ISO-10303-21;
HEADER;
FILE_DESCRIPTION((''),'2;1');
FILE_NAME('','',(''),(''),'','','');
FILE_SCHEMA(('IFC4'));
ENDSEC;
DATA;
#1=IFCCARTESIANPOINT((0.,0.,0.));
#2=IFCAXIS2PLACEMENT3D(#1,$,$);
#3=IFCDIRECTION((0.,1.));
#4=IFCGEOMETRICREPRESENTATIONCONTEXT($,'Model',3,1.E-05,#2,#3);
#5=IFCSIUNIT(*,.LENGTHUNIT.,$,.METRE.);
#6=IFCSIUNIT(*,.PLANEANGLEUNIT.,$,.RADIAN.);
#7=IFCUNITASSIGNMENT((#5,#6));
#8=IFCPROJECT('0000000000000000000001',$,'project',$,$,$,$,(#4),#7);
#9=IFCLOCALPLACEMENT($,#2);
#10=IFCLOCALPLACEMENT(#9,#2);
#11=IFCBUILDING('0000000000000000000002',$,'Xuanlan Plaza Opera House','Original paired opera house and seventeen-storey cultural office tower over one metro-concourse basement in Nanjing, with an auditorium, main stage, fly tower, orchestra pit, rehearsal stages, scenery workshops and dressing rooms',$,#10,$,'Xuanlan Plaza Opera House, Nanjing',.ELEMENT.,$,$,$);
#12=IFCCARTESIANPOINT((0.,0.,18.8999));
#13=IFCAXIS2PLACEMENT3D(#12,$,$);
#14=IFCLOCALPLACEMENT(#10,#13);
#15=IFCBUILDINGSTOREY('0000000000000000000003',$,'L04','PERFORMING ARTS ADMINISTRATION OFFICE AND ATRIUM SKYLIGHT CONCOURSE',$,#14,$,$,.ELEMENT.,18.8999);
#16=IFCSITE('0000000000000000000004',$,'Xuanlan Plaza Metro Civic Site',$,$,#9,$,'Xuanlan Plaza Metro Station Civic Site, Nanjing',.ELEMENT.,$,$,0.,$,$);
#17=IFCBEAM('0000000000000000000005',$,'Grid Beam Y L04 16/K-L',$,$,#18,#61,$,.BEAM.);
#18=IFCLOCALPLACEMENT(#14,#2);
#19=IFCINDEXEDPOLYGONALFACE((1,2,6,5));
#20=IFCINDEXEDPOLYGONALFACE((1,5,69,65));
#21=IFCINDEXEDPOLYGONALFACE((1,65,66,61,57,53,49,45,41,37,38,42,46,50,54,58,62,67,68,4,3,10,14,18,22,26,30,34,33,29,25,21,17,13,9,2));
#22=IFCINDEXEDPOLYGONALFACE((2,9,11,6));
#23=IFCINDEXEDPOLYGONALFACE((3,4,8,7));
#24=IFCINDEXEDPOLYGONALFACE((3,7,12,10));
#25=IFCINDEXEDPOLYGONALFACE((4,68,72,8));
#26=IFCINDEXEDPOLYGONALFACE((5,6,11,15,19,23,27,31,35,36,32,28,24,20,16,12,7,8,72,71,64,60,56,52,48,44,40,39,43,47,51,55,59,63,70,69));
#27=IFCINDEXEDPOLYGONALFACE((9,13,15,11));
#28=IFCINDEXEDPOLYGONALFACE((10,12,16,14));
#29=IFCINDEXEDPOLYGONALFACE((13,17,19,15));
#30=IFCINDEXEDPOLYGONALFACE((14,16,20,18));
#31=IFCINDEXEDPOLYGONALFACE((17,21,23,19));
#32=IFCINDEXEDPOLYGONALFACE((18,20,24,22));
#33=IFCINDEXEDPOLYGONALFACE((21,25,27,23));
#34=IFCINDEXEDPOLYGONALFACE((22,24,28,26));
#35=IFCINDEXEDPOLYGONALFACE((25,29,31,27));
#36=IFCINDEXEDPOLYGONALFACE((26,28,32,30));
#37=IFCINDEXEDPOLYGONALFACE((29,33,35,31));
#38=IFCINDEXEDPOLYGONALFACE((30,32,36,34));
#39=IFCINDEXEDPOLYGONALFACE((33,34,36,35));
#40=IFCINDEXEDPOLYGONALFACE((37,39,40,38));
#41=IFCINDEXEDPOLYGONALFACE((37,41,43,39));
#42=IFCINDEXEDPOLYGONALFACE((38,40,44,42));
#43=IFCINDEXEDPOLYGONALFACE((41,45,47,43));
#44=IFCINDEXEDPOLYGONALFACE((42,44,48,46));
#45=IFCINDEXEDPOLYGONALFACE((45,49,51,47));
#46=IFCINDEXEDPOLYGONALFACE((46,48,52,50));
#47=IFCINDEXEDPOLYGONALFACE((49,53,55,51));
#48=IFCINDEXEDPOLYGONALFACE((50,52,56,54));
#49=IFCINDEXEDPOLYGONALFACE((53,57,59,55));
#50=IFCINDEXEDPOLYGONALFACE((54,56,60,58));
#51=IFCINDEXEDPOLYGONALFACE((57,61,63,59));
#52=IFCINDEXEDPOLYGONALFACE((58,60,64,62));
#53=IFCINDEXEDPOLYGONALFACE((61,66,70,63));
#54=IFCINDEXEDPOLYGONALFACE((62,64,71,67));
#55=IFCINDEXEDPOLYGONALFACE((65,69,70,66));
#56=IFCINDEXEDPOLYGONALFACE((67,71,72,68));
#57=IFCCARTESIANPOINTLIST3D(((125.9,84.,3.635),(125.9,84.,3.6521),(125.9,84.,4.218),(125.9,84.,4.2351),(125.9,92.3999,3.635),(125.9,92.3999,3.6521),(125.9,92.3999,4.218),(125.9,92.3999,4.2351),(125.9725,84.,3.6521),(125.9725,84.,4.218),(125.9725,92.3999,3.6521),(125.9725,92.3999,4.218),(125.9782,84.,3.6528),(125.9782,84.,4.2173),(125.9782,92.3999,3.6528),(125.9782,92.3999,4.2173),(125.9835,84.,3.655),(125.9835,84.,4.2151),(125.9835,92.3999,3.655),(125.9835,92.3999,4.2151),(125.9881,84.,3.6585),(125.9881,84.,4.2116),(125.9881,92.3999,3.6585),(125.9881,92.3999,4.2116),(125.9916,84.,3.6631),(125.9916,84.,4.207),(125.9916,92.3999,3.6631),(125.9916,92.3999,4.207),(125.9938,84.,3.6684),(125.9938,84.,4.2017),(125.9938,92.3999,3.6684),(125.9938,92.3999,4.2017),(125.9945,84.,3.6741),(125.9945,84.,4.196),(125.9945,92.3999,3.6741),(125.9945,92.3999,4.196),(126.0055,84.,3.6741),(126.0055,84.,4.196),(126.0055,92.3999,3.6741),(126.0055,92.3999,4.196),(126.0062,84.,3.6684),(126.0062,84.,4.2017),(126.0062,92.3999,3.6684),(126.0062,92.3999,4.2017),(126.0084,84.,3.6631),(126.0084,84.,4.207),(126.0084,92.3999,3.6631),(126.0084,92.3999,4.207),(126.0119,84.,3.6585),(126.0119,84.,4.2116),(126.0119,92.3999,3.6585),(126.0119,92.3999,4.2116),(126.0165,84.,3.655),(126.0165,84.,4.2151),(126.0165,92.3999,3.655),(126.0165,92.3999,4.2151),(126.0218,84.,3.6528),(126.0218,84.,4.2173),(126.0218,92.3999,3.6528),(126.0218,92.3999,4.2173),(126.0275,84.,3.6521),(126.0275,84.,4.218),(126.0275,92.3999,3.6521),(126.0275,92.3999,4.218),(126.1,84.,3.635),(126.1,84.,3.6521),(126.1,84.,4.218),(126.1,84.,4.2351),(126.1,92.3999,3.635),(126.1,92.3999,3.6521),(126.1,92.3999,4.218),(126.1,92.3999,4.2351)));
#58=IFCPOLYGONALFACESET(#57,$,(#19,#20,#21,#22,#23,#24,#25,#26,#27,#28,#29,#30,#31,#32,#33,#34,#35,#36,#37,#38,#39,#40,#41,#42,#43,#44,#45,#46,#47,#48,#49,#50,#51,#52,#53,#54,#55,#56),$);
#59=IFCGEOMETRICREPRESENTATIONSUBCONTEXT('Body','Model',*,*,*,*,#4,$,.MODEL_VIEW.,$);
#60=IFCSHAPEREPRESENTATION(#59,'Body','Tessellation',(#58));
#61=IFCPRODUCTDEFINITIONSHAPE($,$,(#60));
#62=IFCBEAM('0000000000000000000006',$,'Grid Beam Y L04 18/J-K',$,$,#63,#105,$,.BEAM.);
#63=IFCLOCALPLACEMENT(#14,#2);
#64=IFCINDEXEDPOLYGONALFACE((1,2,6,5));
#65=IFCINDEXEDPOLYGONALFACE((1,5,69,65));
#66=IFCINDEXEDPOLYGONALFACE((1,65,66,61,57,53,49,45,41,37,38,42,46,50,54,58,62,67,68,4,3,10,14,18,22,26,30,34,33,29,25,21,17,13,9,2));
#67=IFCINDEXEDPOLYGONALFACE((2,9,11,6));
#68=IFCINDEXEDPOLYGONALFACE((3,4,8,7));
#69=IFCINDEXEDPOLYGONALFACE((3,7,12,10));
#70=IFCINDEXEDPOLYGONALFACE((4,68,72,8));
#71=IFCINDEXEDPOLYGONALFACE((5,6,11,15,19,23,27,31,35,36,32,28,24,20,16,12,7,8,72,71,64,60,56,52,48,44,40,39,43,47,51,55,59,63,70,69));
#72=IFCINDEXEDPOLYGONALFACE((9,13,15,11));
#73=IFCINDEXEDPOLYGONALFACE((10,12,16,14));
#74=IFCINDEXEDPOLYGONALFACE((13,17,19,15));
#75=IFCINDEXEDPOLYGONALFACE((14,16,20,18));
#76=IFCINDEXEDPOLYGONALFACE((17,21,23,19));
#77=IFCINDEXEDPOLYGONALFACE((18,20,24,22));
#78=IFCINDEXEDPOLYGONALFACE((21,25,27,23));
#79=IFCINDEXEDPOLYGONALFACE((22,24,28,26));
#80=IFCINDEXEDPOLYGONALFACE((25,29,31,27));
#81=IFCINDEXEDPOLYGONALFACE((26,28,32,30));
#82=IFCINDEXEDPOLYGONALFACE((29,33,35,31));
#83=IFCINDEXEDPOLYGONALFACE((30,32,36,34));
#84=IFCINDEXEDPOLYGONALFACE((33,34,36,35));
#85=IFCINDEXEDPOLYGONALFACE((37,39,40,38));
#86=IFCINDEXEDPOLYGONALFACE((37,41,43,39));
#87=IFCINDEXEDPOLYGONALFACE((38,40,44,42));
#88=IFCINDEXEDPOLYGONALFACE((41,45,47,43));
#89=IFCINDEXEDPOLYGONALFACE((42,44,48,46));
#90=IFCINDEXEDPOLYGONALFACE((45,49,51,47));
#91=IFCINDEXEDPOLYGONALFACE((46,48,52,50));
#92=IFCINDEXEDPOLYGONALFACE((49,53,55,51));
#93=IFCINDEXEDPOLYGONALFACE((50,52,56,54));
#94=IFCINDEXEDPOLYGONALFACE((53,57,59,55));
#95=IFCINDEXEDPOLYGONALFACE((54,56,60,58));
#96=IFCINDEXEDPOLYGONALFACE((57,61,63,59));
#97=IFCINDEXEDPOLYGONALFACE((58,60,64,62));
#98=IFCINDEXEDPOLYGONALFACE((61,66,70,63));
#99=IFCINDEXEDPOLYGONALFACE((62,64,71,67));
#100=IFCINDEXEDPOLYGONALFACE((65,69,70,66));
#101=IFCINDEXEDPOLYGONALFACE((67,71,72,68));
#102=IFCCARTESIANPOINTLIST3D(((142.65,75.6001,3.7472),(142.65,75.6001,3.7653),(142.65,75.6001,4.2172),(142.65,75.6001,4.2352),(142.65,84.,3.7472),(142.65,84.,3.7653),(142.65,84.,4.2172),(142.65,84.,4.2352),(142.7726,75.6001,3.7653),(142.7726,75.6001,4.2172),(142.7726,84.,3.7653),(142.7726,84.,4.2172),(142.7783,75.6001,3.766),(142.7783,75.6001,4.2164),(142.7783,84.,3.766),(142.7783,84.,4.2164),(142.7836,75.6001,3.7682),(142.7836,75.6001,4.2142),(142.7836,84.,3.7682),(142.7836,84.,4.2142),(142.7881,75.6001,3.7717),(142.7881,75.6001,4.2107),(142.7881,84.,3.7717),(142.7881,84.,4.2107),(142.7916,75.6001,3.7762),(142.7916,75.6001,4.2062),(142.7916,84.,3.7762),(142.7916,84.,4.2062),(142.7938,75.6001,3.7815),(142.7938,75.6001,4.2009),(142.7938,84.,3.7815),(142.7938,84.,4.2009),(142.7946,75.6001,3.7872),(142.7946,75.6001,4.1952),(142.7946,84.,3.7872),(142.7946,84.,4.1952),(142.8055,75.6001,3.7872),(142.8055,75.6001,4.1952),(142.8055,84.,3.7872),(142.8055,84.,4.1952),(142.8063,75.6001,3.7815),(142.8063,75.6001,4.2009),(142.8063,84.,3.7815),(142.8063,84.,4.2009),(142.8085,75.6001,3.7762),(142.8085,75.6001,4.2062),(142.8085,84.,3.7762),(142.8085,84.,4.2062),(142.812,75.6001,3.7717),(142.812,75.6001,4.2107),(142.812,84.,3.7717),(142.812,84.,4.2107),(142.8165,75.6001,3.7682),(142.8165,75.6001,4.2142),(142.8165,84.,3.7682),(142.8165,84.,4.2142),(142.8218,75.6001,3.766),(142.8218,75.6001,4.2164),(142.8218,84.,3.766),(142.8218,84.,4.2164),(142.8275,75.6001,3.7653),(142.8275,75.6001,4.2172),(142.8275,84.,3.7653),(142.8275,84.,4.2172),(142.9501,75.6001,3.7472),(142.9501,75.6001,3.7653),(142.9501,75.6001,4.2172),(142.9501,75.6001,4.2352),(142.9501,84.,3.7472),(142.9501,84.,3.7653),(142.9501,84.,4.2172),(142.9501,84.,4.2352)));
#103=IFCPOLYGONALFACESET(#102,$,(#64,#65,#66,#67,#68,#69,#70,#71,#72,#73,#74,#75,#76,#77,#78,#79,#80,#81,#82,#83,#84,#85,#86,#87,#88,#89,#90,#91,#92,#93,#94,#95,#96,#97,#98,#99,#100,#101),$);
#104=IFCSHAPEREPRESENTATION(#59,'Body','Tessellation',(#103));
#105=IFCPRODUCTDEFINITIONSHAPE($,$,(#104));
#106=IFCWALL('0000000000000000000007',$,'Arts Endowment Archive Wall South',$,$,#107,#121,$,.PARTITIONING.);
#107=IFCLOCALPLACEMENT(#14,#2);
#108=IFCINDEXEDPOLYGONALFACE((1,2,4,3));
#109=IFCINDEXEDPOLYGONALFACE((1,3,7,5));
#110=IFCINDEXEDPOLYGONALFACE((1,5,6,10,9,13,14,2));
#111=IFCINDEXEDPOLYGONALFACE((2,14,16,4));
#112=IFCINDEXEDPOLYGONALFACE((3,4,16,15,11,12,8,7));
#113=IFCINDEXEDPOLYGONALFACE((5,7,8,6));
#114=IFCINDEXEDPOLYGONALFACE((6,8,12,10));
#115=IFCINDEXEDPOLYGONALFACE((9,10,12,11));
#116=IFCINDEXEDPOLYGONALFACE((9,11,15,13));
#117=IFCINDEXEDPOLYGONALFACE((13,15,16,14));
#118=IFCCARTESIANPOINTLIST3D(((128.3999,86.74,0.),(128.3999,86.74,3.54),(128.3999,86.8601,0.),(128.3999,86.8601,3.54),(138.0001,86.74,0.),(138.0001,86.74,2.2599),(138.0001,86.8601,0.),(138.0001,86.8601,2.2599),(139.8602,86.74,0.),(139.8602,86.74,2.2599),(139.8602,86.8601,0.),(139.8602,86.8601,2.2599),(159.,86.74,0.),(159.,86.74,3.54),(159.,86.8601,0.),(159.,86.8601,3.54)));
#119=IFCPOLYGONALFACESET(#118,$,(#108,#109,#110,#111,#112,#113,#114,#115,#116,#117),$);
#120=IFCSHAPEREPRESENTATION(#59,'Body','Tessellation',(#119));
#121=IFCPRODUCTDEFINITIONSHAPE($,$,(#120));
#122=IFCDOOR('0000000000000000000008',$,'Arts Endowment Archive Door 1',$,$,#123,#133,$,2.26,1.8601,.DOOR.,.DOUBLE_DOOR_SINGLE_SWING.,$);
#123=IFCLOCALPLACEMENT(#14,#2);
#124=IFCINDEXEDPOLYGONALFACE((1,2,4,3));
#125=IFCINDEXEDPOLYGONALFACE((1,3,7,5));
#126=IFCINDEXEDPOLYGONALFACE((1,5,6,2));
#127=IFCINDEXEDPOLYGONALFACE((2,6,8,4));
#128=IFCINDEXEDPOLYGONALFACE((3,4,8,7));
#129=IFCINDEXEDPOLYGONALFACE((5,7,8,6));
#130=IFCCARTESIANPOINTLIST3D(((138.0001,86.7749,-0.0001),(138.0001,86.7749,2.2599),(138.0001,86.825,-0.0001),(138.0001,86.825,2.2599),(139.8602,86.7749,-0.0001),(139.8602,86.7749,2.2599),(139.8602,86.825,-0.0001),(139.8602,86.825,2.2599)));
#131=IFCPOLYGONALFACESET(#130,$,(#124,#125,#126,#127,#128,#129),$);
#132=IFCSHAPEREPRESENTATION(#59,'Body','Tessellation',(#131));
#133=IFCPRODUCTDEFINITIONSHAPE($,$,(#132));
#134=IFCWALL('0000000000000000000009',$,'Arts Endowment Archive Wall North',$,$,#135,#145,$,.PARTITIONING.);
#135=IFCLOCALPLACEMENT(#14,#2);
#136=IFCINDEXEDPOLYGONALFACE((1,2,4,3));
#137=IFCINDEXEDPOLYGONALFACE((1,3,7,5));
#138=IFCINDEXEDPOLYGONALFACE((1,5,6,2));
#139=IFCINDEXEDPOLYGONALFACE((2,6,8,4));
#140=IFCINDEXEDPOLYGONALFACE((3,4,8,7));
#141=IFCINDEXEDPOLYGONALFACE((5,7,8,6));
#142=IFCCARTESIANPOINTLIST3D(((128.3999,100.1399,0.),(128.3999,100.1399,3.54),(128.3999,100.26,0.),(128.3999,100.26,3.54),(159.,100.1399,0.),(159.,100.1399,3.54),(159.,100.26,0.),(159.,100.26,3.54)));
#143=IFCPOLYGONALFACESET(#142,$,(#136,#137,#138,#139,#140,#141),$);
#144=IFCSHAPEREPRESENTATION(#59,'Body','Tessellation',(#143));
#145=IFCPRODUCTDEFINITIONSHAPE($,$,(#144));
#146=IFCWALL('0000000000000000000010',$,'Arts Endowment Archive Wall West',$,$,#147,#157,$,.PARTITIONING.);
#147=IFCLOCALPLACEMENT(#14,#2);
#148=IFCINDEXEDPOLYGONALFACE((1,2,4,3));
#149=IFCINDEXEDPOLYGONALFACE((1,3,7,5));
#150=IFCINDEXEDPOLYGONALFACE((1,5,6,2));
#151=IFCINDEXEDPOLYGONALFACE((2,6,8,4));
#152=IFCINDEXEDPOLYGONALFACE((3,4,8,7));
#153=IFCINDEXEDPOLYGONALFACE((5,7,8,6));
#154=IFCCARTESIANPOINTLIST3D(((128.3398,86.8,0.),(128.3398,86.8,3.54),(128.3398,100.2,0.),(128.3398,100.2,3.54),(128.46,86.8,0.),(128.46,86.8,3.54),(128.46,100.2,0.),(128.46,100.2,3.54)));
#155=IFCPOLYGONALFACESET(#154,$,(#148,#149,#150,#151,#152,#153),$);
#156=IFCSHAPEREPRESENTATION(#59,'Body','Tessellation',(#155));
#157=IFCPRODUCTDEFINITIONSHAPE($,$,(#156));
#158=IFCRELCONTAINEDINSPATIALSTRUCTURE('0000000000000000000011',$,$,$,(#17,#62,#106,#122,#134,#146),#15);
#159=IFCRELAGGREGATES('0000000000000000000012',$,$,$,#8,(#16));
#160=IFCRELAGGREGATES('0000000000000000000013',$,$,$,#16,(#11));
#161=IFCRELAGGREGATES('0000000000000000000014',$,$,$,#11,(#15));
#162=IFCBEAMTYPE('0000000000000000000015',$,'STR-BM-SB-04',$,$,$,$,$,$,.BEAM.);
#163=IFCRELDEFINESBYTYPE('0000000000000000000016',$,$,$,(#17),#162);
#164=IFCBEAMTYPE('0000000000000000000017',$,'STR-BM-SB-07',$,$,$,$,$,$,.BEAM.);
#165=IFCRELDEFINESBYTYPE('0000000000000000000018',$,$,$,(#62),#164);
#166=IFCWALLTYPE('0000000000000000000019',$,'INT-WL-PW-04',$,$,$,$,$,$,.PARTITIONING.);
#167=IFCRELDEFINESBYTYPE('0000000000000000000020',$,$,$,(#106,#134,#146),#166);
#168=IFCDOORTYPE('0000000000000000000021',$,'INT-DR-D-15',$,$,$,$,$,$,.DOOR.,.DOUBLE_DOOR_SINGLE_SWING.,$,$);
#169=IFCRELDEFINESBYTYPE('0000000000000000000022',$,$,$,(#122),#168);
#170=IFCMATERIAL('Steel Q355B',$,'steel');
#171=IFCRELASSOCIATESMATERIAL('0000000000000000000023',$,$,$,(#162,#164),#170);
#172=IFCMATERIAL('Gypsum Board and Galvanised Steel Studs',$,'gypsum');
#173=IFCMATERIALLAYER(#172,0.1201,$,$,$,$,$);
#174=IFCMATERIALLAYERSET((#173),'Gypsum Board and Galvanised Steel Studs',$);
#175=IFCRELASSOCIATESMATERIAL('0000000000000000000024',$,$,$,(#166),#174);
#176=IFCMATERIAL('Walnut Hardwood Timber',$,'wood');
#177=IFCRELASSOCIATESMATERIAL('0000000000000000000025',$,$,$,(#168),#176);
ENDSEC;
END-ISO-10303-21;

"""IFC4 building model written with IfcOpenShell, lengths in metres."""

from ifc_helpers import new_model, si_unit, direction, frame, frame_2d, origin, origin_2d, place, context, subcontext, project, spatial, rectangle, i_section, extrude, material, layer, layer_set, material_profile, profile_set, type_object, element, fill, save


model = new_model("IFC4")

# Units and contexts
model_context = context("Model", 3, precision=1e-05, world=origin(), true_north=direction((0.0, 1.0)))
body_context = subcontext(model_context, "Body", "Model", "MODEL_VIEW")
ifc_project = project(units=[si_unit("LENGTHUNIT", "METRE"), si_unit("PLANEANGLEUNIT", "RADIAN")], contexts=[model_context])

# Site, building, storey
site_placement = place(None, origin())
site = spatial("IfcSite", under=ifc_project, at=site_placement, Name="Xuanlan Plaza Metro Civic Site", LongName="Xuanlan Plaza Metro Station Civic Site, Nanjing", CompositionType="ELEMENT", RefElevation=0.0)
building_placement = place(site_placement, origin())
building = spatial("IfcBuilding", under=site, at=building_placement, Name="Xuanlan Plaza Opera House", Description="Original paired opera house and seventeen-storey cultural office tower over one metro-concourse basement in Nanjing, with an auditorium, main stage, fly tower, orchestra pit, rehearsal stages, scenery workshops and dressing rooms", LongName="Xuanlan Plaza Opera House, Nanjing", CompositionType="ELEMENT")
storey_placement = place(building_placement, frame((0.0, 0.0, 18.8999)))
storey = spatial("IfcBuildingStorey", under=building, at=storey_placement, Name="L04", Description="PERFORMING ARTS ADMINISTRATION OFFICE AND ATRIUM SKYLIGHT CONCOURSE", CompositionType="ELEMENT", Elevation=18.8999)

# Shared definitions
ifc_material_1 = material(Name="Steel Q355B", Category="steel")

# Beams
ifc_material_profile_1 = material_profile(ifc_material_1, i_section(OverallWidth=0.2, OverallDepth=0.6001, WebThickness=0.011, FlangeThickness=0.0171, FilletRadius=0.022, at=origin_2d()), Name="HN 600x200x11x17")
ifc_profile_set_1 = profile_set([ifc_material_profile_1], Name="Steel Q355B")
beam_type_1 = type_object("IfcBeamType", Name="STR-BM-SB-04", PredefinedType="BEAM", material=ifc_profile_set_1)
beam_1_placement = place(storey_placement, frame((126.0, 84.0, 3.9351), z_axis=(0.0, 1.0, 0.0), x_axis=(-1.0, 0.0, 0.0)))
element("IfcBeam", 1, at=beam_1_placement, inside=storey, type_object=beam_type_1, Name="Grid Beam Y L04 16/K-L", PredefinedType="BEAM", context=body_context, shape_type="SweptSolid", body=[
    extrude(i_section(OverallWidth=0.2, OverallDepth=0.6001, WebThickness=0.011, FlangeThickness=0.0171, FilletRadius=0.022, at=origin_2d()), origin(), (0.0, 0.0, 1.0), 8.3999),
])
ifc_material_profile_2 = material_profile(ifc_material_1, i_section(OverallWidth=0.3, OverallDepth=0.488, WebThickness=0.011, FlangeThickness=0.0181, FilletRadius=0.022, at=origin_2d()), Name="HM 488x300x11x18")
ifc_profile_set_2 = profile_set([ifc_material_profile_2], Name="Steel Q355B")
beam_type_2 = type_object("IfcBeamType", Name="STR-BM-SB-07", PredefinedType="BEAM", material=ifc_profile_set_2)
beam_2_placement = place(storey_placement, frame((142.8, 75.6001, 3.9912), z_axis=(0.0, 1.0, 0.0), x_axis=(-1.0, 0.0, 0.0)))
element("IfcBeam", 2, at=beam_2_placement, inside=storey, type_object=beam_type_2, Name="Grid Beam Y L04 18/J-K", PredefinedType="BEAM", context=body_context, shape_type="SweptSolid", body=[
    extrude(i_section(OverallWidth=0.3, OverallDepth=0.488, WebThickness=0.011, FlangeThickness=0.0181, FilletRadius=0.022, at=origin_2d()), origin(), (0.0, 0.0, 1.0), 8.3999),
])

# Wall, opening, door
ifc_material_2 = material(Name="Gypsum Board and Galvanised Steel Studs", Category="gypsum")
ifc_layer = layer(ifc_material_2, 0.1201)
ifc_layer_set = layer_set([ifc_layer], Name="Gypsum Board and Galvanised Steel Studs")
wall_type = type_object("IfcWallType", Name="INT-WL-PW-04", PredefinedType="PARTITIONING", material=ifc_layer_set)
wall_1_placement = place(storey_placement, frame((128.3999, 86.8, 0.0), z_axis=(0.0, 0.0, 1.0), x_axis=(1.0, 0.0, 0.0)))
wall_1 = element("IfcWall", 3, at=wall_1_placement, inside=storey, type_object=wall_type, Name="Arts Endowment Archive Wall South", PredefinedType="PARTITIONING", context=body_context, shape_type="SweptSolid", body=[
    extrude(rectangle(XDim=30.6001, YDim=0.1201, at=frame_2d((15.3, 0.0))), origin(), (0.0, 0.0, 1.0), 3.54),
])
opening_placement = place(wall_1_placement, frame((9.6001, 0.0, 0.0)))
opening = element("IfcOpeningElement", 4, at=opening_placement, cuts=wall_1, PredefinedType="OPENING", context=body_context, shape_type="SweptSolid", body=[
    extrude(rectangle(XDim=1.8601, YDim=2.26, at=frame_2d((0.9302, 1.1299))), frame((0.0, 0.0701, 0.0), z_axis=(0.0, -1.0, 0.0), x_axis=(1.0, 0.0, 0.0)), (0.0, 0.0, 1.0), 0.1401),
])
ifc_material_3 = material(Name="Walnut Hardwood Timber", Category="wood")
door_type = type_object("IfcDoorType", Name="INT-DR-D-15", OperationType="DOUBLE_DOOR_SINGLE_SWING", PredefinedType="DOOR", material=ifc_material_3)
door_placement = place(opening_placement, origin())
door = element("IfcDoor", 5, at=door_placement, inside=storey, type_object=door_type, Name="Arts Endowment Archive Door 1", OperationType="DOUBLE_DOOR_SINGLE_SWING", OverallHeight=2.26, OverallWidth=1.8601, PredefinedType="DOOR", context=body_context, shape_type="SweptSolid", body=[
    extrude(rectangle(XDim=1.8601, YDim=2.26, at=frame_2d((0.9302, 1.1299))), frame((0.0, 0.0249, 0.0), z_axis=(0.0, -1.0, 0.0), x_axis=(1.0, 0.0, 0.0)), (0.0, 0.0, 1.0), 0.05),
])
fill(opening, door)

# Walls
wall_2_placement = place(storey_placement, frame((128.3999, 100.2, 0.0), z_axis=(0.0, 0.0, 1.0), x_axis=(1.0, 0.0, 0.0)))
element("IfcWall", 6, at=wall_2_placement, inside=storey, type_object=wall_type, Name="Arts Endowment Archive Wall North", PredefinedType="PARTITIONING", context=body_context, shape_type="SweptSolid", body=[
    extrude(rectangle(XDim=30.6001, YDim=0.1201, at=frame_2d((15.3, 0.0))), origin(), (0.0, 0.0, 1.0), 3.54),
])
wall_3_placement = place(storey_placement, frame((128.3999, 86.8, 0.0), z_axis=(0.0, 0.0, 1.0), x_axis=(0.0, 1.0, 0.0)))
element("IfcWall", 7, at=wall_3_placement, inside=storey, type_object=wall_type, Name="Arts Endowment Archive Wall West", PredefinedType="PARTITIONING", context=body_context, shape_type="SweptSolid", body=[
    extrude(rectangle(XDim=13.3999, YDim=0.1201, at=frame_2d((6.7, 0.0))), origin(), (0.0, 0.0, 1.0), 3.54),
])

save(model, "model.ifc")
